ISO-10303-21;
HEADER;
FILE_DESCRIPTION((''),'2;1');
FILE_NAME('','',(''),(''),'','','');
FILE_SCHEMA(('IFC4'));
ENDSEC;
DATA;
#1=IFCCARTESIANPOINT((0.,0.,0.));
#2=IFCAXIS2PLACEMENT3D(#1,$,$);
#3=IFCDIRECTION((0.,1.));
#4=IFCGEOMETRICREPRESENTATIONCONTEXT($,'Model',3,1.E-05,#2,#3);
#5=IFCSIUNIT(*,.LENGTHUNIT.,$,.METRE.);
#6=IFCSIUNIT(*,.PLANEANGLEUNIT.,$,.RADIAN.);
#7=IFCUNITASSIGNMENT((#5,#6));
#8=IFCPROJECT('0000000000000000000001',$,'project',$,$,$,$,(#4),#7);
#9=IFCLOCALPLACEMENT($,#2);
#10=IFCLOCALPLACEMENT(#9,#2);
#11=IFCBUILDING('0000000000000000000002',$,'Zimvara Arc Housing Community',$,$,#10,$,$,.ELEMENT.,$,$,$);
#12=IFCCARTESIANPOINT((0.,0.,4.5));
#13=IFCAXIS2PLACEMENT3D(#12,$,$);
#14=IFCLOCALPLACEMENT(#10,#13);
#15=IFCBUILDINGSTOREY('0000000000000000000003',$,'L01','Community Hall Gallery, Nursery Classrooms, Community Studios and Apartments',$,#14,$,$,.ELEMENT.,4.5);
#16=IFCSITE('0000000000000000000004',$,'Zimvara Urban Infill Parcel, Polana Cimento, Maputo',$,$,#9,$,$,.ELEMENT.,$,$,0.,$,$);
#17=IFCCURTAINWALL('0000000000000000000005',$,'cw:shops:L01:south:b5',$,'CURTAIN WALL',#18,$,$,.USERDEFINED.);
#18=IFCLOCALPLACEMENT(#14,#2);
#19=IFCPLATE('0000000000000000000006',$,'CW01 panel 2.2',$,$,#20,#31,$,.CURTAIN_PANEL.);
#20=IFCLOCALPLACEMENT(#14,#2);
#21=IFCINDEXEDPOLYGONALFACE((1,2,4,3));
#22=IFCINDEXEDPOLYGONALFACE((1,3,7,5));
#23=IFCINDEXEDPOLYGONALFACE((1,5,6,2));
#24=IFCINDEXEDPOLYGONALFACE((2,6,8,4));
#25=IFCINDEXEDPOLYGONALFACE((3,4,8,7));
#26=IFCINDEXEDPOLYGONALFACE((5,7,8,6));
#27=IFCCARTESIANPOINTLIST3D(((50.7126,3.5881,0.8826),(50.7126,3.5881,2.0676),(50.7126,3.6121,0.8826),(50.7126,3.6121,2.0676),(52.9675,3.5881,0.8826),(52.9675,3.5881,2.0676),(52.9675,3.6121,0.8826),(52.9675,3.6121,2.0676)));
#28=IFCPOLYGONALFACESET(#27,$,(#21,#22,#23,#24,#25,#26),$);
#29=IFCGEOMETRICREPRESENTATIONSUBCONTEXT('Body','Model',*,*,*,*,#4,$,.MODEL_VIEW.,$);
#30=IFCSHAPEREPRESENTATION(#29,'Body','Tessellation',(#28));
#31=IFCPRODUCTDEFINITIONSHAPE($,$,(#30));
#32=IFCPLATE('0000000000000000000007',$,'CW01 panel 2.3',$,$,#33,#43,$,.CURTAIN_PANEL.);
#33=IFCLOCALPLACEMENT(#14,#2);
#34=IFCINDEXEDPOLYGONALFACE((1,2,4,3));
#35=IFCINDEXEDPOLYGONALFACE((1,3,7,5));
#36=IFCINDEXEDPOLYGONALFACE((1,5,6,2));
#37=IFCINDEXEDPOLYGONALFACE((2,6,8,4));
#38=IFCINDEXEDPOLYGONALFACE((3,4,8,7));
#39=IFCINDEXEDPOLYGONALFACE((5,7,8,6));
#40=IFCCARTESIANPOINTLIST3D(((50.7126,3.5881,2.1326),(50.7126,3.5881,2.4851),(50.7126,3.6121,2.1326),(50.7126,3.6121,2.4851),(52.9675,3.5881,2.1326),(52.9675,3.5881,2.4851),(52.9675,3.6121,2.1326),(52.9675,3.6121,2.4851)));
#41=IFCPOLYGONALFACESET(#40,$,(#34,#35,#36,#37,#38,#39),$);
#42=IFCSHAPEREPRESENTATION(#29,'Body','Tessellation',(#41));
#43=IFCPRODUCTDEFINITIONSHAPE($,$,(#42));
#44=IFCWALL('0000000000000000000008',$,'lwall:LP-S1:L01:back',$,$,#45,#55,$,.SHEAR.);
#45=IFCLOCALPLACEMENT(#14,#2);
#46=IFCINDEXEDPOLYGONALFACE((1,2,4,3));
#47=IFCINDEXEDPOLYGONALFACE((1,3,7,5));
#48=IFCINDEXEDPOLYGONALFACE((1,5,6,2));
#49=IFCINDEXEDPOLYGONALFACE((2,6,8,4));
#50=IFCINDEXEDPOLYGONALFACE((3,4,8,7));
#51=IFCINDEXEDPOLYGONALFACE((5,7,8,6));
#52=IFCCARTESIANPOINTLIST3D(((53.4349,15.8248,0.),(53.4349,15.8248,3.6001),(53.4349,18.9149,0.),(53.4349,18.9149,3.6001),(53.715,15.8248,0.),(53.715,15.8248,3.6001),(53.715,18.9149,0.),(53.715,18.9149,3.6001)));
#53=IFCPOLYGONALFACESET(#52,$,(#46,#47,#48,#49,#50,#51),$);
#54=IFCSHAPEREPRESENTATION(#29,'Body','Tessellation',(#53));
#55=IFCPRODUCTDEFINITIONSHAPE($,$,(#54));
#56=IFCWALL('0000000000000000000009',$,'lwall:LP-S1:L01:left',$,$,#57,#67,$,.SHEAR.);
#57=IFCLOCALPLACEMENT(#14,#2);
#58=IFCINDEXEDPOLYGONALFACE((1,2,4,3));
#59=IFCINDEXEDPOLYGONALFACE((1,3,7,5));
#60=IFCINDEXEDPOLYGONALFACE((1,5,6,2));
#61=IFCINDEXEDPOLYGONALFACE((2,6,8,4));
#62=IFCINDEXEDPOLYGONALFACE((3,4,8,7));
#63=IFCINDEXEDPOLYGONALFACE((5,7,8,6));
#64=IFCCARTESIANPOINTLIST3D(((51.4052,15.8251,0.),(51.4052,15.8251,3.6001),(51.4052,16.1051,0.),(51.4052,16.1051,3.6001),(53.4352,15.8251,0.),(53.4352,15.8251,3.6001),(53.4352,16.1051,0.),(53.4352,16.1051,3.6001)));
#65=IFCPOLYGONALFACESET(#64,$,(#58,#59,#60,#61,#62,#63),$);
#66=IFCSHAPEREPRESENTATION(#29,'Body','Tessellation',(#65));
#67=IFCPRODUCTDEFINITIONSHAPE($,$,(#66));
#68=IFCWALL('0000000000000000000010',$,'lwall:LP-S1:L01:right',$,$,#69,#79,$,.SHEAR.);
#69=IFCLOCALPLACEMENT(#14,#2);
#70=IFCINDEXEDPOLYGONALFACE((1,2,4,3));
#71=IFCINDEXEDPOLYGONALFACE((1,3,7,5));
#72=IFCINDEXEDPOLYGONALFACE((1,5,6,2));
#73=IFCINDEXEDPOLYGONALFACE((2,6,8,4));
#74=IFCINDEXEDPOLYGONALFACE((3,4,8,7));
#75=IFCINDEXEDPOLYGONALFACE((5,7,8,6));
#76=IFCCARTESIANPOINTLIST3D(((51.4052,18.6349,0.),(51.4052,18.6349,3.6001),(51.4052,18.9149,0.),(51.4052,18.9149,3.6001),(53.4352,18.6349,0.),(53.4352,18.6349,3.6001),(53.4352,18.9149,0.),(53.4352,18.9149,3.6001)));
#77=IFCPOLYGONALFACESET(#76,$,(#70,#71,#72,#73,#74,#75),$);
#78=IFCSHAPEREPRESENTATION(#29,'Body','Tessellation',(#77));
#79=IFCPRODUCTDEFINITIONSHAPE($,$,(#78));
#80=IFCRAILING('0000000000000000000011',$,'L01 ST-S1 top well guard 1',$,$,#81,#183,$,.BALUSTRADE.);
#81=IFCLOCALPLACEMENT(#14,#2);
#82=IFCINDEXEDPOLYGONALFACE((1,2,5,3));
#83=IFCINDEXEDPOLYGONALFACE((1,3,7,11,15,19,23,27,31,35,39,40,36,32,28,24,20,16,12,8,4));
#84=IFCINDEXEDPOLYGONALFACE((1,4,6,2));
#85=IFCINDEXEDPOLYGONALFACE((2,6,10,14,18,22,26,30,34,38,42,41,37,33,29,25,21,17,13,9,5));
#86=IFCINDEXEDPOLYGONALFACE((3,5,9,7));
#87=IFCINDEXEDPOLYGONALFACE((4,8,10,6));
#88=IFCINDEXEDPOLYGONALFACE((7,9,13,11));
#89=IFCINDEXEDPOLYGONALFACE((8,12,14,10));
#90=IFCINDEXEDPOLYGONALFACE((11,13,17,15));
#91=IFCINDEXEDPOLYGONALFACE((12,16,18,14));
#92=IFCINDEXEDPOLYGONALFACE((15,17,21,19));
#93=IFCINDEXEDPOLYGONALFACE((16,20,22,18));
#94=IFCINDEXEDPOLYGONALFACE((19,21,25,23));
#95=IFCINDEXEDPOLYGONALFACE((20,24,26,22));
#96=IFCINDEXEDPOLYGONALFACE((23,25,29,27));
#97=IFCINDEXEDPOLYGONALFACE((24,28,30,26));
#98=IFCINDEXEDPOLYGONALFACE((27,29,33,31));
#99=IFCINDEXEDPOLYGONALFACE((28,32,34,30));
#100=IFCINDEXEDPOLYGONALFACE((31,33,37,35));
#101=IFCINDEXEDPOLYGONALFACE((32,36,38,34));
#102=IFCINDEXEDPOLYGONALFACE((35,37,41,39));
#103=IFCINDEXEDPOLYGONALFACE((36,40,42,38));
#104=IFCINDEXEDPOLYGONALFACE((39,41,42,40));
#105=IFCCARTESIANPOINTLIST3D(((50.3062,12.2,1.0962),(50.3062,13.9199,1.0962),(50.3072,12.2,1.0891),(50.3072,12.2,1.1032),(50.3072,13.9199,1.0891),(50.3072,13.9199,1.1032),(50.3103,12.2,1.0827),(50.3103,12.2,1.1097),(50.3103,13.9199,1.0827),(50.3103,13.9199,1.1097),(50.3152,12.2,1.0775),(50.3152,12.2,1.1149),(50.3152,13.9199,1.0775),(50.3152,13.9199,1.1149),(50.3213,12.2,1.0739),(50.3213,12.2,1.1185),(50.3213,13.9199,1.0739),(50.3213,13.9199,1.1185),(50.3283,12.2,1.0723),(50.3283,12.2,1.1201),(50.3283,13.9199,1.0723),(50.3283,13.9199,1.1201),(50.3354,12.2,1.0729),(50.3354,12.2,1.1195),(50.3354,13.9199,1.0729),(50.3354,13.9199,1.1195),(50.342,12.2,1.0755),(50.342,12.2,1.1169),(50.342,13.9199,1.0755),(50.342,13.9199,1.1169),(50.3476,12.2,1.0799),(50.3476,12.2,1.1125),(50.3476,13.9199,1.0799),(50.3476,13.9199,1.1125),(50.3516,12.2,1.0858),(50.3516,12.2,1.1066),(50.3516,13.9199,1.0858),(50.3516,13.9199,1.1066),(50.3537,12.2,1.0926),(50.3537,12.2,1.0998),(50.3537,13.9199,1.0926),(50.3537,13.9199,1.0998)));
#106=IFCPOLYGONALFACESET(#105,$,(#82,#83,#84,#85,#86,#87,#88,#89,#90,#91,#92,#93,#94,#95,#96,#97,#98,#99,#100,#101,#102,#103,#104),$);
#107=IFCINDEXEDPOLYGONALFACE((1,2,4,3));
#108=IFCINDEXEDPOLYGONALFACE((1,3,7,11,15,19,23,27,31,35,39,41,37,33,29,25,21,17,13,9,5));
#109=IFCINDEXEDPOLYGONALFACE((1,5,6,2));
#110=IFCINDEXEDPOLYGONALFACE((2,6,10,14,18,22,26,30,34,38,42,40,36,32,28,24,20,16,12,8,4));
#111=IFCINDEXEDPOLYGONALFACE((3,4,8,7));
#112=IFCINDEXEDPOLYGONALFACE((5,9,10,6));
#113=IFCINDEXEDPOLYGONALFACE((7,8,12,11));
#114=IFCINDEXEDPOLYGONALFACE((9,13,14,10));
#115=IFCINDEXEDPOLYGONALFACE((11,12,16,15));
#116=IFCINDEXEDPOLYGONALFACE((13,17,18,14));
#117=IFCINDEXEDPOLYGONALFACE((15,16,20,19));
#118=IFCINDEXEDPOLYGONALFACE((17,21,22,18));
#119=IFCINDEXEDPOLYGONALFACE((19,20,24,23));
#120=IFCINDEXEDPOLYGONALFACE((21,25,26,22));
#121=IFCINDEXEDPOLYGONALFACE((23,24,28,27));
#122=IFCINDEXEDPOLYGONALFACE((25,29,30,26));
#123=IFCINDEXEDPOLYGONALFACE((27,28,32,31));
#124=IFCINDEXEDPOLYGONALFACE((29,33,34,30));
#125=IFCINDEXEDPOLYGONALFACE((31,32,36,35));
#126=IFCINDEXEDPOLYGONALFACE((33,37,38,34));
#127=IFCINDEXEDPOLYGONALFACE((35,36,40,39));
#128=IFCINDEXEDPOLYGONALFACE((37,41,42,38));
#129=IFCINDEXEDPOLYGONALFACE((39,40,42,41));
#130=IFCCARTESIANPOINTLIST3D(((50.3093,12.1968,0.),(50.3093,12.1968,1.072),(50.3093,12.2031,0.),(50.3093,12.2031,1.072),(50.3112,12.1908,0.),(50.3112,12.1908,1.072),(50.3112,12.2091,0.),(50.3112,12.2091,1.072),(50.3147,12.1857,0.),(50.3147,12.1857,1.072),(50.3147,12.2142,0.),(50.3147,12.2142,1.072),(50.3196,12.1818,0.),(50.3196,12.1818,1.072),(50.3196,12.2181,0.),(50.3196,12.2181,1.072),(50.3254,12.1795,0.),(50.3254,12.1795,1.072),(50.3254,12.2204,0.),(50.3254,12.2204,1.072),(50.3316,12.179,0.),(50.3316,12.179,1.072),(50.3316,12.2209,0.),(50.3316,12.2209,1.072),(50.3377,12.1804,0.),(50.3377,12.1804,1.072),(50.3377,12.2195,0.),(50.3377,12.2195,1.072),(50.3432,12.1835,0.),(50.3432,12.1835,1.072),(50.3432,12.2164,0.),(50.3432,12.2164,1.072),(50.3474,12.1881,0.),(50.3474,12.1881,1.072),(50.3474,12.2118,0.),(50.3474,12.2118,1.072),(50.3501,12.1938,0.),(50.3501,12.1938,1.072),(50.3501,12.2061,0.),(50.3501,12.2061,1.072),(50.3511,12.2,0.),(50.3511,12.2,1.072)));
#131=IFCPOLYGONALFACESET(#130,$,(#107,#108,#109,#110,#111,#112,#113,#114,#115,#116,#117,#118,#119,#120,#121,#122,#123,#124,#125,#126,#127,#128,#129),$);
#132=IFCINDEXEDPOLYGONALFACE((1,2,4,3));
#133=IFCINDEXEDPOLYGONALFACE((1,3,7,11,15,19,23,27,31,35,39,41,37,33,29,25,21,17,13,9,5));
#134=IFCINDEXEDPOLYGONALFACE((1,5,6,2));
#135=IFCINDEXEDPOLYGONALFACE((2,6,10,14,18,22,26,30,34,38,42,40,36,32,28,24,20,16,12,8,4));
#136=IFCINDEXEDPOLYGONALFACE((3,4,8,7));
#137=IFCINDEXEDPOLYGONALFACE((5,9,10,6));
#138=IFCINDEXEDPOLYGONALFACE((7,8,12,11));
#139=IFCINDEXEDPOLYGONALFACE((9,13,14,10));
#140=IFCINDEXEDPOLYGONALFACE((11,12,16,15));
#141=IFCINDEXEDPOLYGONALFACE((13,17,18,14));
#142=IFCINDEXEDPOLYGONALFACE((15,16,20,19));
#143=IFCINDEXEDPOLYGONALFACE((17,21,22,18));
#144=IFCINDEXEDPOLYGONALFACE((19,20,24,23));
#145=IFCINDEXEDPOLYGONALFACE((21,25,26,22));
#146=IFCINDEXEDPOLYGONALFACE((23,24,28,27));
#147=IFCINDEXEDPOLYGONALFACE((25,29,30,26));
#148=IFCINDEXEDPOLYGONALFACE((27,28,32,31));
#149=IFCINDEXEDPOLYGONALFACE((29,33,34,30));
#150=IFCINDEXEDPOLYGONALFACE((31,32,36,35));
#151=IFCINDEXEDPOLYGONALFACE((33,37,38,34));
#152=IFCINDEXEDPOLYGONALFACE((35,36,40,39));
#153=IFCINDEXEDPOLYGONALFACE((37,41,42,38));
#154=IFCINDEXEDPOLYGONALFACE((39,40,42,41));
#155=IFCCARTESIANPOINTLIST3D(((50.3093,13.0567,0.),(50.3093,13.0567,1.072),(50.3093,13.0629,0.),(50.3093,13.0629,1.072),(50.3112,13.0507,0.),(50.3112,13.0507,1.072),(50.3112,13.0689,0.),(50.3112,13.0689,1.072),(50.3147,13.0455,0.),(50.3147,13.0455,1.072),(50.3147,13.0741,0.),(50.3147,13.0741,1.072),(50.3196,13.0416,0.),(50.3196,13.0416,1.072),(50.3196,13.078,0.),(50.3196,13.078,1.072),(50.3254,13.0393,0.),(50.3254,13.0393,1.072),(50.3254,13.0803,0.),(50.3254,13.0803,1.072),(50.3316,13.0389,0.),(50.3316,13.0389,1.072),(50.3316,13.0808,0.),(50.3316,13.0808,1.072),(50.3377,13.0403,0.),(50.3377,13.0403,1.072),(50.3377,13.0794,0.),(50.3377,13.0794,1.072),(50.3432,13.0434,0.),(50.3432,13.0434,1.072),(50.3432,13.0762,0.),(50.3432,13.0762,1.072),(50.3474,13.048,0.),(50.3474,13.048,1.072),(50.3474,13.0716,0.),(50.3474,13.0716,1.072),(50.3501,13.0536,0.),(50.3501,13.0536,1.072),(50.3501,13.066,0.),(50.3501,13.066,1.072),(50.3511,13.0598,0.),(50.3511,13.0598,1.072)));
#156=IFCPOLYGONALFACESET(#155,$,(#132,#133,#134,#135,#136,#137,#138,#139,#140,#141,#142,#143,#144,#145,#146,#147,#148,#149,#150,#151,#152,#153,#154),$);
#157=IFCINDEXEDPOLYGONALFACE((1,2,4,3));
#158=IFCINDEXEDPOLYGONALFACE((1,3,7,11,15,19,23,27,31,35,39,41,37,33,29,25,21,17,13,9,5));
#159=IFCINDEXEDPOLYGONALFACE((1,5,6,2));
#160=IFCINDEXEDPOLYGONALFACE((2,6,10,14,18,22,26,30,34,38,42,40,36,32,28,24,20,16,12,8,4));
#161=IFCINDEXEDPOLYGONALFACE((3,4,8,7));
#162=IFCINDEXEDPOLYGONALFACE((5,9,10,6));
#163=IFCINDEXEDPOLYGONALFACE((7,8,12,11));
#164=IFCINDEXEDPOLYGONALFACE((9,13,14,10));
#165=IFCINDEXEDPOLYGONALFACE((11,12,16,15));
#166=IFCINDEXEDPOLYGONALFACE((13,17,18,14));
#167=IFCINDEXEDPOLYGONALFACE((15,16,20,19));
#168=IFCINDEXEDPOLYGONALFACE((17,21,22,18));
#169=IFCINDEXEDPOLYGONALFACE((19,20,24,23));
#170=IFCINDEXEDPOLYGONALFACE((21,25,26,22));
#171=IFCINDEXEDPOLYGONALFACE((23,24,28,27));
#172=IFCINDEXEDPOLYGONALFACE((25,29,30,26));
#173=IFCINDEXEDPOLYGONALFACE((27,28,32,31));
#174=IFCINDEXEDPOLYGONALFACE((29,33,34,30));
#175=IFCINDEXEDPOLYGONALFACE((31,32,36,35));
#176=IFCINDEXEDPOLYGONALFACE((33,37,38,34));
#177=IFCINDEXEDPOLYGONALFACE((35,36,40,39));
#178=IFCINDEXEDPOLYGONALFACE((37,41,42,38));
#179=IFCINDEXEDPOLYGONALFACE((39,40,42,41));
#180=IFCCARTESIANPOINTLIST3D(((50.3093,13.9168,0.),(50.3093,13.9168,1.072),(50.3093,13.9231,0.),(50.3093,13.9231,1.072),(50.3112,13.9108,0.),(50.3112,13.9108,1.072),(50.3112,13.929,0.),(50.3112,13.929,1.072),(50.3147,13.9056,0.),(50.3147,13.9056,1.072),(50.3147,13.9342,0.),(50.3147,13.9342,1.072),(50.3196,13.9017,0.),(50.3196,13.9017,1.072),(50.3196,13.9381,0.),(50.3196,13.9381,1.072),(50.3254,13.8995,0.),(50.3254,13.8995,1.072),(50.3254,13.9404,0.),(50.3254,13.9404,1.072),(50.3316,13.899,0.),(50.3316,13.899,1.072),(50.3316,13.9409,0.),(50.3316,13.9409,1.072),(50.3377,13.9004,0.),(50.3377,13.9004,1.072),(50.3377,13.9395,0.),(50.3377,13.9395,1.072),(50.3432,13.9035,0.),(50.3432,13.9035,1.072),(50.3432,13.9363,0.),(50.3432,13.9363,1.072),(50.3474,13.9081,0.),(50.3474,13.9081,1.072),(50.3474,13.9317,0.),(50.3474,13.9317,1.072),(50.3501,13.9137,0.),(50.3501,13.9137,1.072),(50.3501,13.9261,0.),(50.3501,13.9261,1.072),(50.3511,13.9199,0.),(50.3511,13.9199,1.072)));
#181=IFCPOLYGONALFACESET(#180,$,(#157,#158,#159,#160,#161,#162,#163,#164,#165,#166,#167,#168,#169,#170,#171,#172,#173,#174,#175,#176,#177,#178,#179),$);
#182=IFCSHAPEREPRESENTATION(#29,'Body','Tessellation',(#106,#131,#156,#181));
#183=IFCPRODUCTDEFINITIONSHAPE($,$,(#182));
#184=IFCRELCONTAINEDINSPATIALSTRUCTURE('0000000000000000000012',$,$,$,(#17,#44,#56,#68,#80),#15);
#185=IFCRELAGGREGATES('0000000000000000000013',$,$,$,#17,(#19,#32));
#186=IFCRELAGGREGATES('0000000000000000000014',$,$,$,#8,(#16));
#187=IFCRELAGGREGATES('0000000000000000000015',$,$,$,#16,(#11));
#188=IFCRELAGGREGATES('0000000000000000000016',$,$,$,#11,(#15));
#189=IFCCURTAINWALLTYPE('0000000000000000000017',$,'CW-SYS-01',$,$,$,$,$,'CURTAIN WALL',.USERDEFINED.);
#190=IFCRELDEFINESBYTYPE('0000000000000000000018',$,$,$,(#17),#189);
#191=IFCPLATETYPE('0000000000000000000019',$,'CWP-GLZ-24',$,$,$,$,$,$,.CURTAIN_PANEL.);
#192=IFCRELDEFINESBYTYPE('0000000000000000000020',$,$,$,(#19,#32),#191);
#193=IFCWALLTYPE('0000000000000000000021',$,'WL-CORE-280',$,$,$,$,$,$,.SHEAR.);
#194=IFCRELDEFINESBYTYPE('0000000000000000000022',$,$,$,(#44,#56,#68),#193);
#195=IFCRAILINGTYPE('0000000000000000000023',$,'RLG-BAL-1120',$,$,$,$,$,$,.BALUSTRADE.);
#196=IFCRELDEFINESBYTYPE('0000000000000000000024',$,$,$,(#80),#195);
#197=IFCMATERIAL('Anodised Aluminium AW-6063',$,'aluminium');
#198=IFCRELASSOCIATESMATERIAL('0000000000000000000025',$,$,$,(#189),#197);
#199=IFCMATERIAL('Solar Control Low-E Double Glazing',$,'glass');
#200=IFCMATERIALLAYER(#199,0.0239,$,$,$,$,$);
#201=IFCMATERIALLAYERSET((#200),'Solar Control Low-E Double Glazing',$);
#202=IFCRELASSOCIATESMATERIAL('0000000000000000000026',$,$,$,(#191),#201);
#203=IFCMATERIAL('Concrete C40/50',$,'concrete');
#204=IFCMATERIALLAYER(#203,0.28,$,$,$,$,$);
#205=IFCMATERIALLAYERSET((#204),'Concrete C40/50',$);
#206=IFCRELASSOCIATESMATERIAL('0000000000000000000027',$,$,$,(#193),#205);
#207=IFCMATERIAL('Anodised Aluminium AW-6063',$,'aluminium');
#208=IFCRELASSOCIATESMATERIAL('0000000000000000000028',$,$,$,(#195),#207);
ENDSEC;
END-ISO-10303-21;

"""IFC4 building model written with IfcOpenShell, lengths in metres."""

from ifc_helpers import new_model, si_unit, direction, frame, frame_2d, origin, origin_2d, place, context, subcontext, project, spatial, rectangle, circle, extrude, material, layer, layer_set, type_object, element, aggregate, save


model = new_model("IFC4")

# Units and contexts
model_context = context("Model", 3, precision=1e-05, world=origin(), true_north=direction((0.0, 1.0)))
body_context = subcontext(model_context, "Body", "Model", "MODEL_VIEW")
ifc_project = project(units=[si_unit("LENGTHUNIT", "METRE"), si_unit("PLANEANGLEUNIT", "RADIAN")], contexts=[model_context])

# Site, building, storey
site_placement = place(None, origin())
site = spatial("IfcSite", under=ifc_project, at=site_placement, Name="Zimvara Urban Infill Parcel, Polana Cimento, Maputo", CompositionType="ELEMENT", RefElevation=0.0)
building_placement = place(site_placement, origin())
building = spatial("IfcBuilding", under=site, at=building_placement, Name="Zimvara Arc Housing Community", CompositionType="ELEMENT")
storey_placement = place(building_placement, frame((0.0, 0.0, 4.5)))
storey = spatial("IfcBuildingStorey", under=building, at=storey_placement, Name="L01", Description="Community Hall Gallery, Nursery Classrooms, Community Studios and Apartments", CompositionType="ELEMENT", Elevation=4.5)

# Curtain wall, plates
ifc_material_1 = material(Name="Anodised Aluminium AW-6063", Category="aluminium")
curtain_wall_type = type_object("IfcCurtainWallType", Name="CW-SYS-01", ElementType="CURTAIN WALL", PredefinedType="USERDEFINED", material=ifc_material_1)
curtain_wall_placement = place(storey_placement, origin())
curtain_wall = element("IfcCurtainWall", 1, at=curtain_wall_placement, inside=storey, type_object=curtain_wall_type, Name="cw:shops:L01:south:b5", ObjectType="CURTAIN WALL", PredefinedType="USERDEFINED")
ifc_material_2 = material(Name="Solar Control Low-E Double Glazing", Category="glass")
ifc_layer_1 = layer(ifc_material_2, 0.0239)
ifc_layer_set_1 = layer_set([ifc_layer_1], Name="Solar Control Low-E Double Glazing")
plate_type = type_object("IfcPlateType", Name="CWP-GLZ-24", PredefinedType="CURTAIN_PANEL", material=ifc_layer_set_1)
plate_1_placement = place(storey_placement, frame((51.8401, 3.6001, 0.8826), z_axis=(0.0, 0.0, 1.0), x_axis=(1.0, 0.0, 0.0)))
plate_1 = element("IfcPlate", 2, at=plate_1_placement, type_object=plate_type, Name="CW01 panel 2.2", PredefinedType="CURTAIN_PANEL", context=body_context, shape_type="SweptSolid", body=[
    extrude(rectangle(XDim=2.2549, YDim=0.0239, at=origin_2d()), origin(), (0.0, 0.0, 1.0), 1.1851),
])
plate_2_placement = place(storey_placement, frame((51.8401, 3.6001, 2.1326), z_axis=(0.0, 0.0, 1.0), x_axis=(1.0, 0.0, 0.0)))
plate_2 = element("IfcPlate", 3, at=plate_2_placement, type_object=plate_type, Name="CW01 panel 2.3", PredefinedType="CURTAIN_PANEL", context=body_context, shape_type="SweptSolid", body=[
    extrude(rectangle(XDim=2.2549, YDim=0.0239, at=origin_2d()), origin(), (0.0, 0.0, 1.0), 0.3525),
])
aggregate(curtain_wall, [plate_1, plate_2])

# Shared definitions
ifc_material_3 = material(Name="Concrete C40/50", Category="concrete")
ifc_layer_2 = layer(ifc_material_3, 0.28)
ifc_layer_set_2 = layer_set([ifc_layer_2], Name="Concrete C40/50")
wall_type = type_object("IfcWallType", Name="WL-CORE-280", PredefinedType="SHEAR", material=ifc_layer_set_2)

# Walls
wall_1_placement = place(storey_placement, frame((53.575, 15.825, 0.0), z_axis=(0.0, 0.0, 1.0), x_axis=(0.0, 1.0, 0.0)))
element("IfcWall", 4, at=wall_1_placement, inside=storey, type_object=wall_type, Name="lwall:LP-S1:L01:back", PredefinedType="SHEAR", context=body_context, shape_type="SweptSolid", body=[
    extrude(rectangle(XDim=3.0901, YDim=0.28, at=frame_2d((1.5449, 0.0))), origin(), (0.0, 0.0, 1.0), 3.6001),
])
for number, where, z_axis, x_axis, name in (
    (5, (51.405, 15.9651, 0.0), (0.0, 0.0, 1.0), (1.0, 0.0, 0.0), "lwall:LP-S1:L01:left"),
    (6, (51.405, 18.7749, 0.0), (0.0, 0.0, 1.0), (1.0, 0.0, 0.0), "lwall:LP-S1:L01:right"),
):
    element("IfcWall", number, at=place(storey_placement, frame(where, z_axis=z_axis, x_axis=x_axis)), inside=storey, type_object=wall_type, Name=name, PredefinedType="SHEAR", context=body_context, shape_type="SweptSolid", body=[
        extrude(rectangle(XDim=2.03, YDim=0.28, at=frame_2d((1.0151, 0.0))), origin(), (0.0, 0.0, 1.0), 3.6001),
    ])

# Railing
ifc_material_4 = material(Name="Anodised Aluminium AW-6063", Category="aluminium")
railing_type = type_object("IfcRailingType", Name="RLG-BAL-1120", PredefinedType="BALUSTRADE", material=ifc_material_4)
railing_placement = place(storey_placement, frame((50.3301, 12.2, 0.0)))
element("IfcRailing", 7, at=railing_placement, inside=storey, type_object=railing_type, Name="L01 ST-S1 top well guard 1", PredefinedType="BALUSTRADE", context=body_context, shape_type="SweptSolid", body=[
    extrude(circle(Radius=0.0239, at=origin_2d()), frame((0.0, 0.0, 1.0962), z_axis=(0.0, 1.0, 0.0), x_axis=(-1.0, 0.0, 0.0)), (0.0, 0.0, 1.0), 1.72),
    extrude(circle(Radius=0.021, at=origin_2d()), origin(), (0.0, 0.0, 1.0), 1.072),
    extrude(circle(Radius=0.021, at=origin_2d()), frame((0.0, 0.8599, 0.0)), (0.0, 0.0, 1.0), 1.072),
    extrude(circle(Radius=0.021, at=origin_2d()), frame((0.0, 1.72, 0.0)), (0.0, 0.0, 1.0), 1.072),
])

save(model, "model.ifc")
